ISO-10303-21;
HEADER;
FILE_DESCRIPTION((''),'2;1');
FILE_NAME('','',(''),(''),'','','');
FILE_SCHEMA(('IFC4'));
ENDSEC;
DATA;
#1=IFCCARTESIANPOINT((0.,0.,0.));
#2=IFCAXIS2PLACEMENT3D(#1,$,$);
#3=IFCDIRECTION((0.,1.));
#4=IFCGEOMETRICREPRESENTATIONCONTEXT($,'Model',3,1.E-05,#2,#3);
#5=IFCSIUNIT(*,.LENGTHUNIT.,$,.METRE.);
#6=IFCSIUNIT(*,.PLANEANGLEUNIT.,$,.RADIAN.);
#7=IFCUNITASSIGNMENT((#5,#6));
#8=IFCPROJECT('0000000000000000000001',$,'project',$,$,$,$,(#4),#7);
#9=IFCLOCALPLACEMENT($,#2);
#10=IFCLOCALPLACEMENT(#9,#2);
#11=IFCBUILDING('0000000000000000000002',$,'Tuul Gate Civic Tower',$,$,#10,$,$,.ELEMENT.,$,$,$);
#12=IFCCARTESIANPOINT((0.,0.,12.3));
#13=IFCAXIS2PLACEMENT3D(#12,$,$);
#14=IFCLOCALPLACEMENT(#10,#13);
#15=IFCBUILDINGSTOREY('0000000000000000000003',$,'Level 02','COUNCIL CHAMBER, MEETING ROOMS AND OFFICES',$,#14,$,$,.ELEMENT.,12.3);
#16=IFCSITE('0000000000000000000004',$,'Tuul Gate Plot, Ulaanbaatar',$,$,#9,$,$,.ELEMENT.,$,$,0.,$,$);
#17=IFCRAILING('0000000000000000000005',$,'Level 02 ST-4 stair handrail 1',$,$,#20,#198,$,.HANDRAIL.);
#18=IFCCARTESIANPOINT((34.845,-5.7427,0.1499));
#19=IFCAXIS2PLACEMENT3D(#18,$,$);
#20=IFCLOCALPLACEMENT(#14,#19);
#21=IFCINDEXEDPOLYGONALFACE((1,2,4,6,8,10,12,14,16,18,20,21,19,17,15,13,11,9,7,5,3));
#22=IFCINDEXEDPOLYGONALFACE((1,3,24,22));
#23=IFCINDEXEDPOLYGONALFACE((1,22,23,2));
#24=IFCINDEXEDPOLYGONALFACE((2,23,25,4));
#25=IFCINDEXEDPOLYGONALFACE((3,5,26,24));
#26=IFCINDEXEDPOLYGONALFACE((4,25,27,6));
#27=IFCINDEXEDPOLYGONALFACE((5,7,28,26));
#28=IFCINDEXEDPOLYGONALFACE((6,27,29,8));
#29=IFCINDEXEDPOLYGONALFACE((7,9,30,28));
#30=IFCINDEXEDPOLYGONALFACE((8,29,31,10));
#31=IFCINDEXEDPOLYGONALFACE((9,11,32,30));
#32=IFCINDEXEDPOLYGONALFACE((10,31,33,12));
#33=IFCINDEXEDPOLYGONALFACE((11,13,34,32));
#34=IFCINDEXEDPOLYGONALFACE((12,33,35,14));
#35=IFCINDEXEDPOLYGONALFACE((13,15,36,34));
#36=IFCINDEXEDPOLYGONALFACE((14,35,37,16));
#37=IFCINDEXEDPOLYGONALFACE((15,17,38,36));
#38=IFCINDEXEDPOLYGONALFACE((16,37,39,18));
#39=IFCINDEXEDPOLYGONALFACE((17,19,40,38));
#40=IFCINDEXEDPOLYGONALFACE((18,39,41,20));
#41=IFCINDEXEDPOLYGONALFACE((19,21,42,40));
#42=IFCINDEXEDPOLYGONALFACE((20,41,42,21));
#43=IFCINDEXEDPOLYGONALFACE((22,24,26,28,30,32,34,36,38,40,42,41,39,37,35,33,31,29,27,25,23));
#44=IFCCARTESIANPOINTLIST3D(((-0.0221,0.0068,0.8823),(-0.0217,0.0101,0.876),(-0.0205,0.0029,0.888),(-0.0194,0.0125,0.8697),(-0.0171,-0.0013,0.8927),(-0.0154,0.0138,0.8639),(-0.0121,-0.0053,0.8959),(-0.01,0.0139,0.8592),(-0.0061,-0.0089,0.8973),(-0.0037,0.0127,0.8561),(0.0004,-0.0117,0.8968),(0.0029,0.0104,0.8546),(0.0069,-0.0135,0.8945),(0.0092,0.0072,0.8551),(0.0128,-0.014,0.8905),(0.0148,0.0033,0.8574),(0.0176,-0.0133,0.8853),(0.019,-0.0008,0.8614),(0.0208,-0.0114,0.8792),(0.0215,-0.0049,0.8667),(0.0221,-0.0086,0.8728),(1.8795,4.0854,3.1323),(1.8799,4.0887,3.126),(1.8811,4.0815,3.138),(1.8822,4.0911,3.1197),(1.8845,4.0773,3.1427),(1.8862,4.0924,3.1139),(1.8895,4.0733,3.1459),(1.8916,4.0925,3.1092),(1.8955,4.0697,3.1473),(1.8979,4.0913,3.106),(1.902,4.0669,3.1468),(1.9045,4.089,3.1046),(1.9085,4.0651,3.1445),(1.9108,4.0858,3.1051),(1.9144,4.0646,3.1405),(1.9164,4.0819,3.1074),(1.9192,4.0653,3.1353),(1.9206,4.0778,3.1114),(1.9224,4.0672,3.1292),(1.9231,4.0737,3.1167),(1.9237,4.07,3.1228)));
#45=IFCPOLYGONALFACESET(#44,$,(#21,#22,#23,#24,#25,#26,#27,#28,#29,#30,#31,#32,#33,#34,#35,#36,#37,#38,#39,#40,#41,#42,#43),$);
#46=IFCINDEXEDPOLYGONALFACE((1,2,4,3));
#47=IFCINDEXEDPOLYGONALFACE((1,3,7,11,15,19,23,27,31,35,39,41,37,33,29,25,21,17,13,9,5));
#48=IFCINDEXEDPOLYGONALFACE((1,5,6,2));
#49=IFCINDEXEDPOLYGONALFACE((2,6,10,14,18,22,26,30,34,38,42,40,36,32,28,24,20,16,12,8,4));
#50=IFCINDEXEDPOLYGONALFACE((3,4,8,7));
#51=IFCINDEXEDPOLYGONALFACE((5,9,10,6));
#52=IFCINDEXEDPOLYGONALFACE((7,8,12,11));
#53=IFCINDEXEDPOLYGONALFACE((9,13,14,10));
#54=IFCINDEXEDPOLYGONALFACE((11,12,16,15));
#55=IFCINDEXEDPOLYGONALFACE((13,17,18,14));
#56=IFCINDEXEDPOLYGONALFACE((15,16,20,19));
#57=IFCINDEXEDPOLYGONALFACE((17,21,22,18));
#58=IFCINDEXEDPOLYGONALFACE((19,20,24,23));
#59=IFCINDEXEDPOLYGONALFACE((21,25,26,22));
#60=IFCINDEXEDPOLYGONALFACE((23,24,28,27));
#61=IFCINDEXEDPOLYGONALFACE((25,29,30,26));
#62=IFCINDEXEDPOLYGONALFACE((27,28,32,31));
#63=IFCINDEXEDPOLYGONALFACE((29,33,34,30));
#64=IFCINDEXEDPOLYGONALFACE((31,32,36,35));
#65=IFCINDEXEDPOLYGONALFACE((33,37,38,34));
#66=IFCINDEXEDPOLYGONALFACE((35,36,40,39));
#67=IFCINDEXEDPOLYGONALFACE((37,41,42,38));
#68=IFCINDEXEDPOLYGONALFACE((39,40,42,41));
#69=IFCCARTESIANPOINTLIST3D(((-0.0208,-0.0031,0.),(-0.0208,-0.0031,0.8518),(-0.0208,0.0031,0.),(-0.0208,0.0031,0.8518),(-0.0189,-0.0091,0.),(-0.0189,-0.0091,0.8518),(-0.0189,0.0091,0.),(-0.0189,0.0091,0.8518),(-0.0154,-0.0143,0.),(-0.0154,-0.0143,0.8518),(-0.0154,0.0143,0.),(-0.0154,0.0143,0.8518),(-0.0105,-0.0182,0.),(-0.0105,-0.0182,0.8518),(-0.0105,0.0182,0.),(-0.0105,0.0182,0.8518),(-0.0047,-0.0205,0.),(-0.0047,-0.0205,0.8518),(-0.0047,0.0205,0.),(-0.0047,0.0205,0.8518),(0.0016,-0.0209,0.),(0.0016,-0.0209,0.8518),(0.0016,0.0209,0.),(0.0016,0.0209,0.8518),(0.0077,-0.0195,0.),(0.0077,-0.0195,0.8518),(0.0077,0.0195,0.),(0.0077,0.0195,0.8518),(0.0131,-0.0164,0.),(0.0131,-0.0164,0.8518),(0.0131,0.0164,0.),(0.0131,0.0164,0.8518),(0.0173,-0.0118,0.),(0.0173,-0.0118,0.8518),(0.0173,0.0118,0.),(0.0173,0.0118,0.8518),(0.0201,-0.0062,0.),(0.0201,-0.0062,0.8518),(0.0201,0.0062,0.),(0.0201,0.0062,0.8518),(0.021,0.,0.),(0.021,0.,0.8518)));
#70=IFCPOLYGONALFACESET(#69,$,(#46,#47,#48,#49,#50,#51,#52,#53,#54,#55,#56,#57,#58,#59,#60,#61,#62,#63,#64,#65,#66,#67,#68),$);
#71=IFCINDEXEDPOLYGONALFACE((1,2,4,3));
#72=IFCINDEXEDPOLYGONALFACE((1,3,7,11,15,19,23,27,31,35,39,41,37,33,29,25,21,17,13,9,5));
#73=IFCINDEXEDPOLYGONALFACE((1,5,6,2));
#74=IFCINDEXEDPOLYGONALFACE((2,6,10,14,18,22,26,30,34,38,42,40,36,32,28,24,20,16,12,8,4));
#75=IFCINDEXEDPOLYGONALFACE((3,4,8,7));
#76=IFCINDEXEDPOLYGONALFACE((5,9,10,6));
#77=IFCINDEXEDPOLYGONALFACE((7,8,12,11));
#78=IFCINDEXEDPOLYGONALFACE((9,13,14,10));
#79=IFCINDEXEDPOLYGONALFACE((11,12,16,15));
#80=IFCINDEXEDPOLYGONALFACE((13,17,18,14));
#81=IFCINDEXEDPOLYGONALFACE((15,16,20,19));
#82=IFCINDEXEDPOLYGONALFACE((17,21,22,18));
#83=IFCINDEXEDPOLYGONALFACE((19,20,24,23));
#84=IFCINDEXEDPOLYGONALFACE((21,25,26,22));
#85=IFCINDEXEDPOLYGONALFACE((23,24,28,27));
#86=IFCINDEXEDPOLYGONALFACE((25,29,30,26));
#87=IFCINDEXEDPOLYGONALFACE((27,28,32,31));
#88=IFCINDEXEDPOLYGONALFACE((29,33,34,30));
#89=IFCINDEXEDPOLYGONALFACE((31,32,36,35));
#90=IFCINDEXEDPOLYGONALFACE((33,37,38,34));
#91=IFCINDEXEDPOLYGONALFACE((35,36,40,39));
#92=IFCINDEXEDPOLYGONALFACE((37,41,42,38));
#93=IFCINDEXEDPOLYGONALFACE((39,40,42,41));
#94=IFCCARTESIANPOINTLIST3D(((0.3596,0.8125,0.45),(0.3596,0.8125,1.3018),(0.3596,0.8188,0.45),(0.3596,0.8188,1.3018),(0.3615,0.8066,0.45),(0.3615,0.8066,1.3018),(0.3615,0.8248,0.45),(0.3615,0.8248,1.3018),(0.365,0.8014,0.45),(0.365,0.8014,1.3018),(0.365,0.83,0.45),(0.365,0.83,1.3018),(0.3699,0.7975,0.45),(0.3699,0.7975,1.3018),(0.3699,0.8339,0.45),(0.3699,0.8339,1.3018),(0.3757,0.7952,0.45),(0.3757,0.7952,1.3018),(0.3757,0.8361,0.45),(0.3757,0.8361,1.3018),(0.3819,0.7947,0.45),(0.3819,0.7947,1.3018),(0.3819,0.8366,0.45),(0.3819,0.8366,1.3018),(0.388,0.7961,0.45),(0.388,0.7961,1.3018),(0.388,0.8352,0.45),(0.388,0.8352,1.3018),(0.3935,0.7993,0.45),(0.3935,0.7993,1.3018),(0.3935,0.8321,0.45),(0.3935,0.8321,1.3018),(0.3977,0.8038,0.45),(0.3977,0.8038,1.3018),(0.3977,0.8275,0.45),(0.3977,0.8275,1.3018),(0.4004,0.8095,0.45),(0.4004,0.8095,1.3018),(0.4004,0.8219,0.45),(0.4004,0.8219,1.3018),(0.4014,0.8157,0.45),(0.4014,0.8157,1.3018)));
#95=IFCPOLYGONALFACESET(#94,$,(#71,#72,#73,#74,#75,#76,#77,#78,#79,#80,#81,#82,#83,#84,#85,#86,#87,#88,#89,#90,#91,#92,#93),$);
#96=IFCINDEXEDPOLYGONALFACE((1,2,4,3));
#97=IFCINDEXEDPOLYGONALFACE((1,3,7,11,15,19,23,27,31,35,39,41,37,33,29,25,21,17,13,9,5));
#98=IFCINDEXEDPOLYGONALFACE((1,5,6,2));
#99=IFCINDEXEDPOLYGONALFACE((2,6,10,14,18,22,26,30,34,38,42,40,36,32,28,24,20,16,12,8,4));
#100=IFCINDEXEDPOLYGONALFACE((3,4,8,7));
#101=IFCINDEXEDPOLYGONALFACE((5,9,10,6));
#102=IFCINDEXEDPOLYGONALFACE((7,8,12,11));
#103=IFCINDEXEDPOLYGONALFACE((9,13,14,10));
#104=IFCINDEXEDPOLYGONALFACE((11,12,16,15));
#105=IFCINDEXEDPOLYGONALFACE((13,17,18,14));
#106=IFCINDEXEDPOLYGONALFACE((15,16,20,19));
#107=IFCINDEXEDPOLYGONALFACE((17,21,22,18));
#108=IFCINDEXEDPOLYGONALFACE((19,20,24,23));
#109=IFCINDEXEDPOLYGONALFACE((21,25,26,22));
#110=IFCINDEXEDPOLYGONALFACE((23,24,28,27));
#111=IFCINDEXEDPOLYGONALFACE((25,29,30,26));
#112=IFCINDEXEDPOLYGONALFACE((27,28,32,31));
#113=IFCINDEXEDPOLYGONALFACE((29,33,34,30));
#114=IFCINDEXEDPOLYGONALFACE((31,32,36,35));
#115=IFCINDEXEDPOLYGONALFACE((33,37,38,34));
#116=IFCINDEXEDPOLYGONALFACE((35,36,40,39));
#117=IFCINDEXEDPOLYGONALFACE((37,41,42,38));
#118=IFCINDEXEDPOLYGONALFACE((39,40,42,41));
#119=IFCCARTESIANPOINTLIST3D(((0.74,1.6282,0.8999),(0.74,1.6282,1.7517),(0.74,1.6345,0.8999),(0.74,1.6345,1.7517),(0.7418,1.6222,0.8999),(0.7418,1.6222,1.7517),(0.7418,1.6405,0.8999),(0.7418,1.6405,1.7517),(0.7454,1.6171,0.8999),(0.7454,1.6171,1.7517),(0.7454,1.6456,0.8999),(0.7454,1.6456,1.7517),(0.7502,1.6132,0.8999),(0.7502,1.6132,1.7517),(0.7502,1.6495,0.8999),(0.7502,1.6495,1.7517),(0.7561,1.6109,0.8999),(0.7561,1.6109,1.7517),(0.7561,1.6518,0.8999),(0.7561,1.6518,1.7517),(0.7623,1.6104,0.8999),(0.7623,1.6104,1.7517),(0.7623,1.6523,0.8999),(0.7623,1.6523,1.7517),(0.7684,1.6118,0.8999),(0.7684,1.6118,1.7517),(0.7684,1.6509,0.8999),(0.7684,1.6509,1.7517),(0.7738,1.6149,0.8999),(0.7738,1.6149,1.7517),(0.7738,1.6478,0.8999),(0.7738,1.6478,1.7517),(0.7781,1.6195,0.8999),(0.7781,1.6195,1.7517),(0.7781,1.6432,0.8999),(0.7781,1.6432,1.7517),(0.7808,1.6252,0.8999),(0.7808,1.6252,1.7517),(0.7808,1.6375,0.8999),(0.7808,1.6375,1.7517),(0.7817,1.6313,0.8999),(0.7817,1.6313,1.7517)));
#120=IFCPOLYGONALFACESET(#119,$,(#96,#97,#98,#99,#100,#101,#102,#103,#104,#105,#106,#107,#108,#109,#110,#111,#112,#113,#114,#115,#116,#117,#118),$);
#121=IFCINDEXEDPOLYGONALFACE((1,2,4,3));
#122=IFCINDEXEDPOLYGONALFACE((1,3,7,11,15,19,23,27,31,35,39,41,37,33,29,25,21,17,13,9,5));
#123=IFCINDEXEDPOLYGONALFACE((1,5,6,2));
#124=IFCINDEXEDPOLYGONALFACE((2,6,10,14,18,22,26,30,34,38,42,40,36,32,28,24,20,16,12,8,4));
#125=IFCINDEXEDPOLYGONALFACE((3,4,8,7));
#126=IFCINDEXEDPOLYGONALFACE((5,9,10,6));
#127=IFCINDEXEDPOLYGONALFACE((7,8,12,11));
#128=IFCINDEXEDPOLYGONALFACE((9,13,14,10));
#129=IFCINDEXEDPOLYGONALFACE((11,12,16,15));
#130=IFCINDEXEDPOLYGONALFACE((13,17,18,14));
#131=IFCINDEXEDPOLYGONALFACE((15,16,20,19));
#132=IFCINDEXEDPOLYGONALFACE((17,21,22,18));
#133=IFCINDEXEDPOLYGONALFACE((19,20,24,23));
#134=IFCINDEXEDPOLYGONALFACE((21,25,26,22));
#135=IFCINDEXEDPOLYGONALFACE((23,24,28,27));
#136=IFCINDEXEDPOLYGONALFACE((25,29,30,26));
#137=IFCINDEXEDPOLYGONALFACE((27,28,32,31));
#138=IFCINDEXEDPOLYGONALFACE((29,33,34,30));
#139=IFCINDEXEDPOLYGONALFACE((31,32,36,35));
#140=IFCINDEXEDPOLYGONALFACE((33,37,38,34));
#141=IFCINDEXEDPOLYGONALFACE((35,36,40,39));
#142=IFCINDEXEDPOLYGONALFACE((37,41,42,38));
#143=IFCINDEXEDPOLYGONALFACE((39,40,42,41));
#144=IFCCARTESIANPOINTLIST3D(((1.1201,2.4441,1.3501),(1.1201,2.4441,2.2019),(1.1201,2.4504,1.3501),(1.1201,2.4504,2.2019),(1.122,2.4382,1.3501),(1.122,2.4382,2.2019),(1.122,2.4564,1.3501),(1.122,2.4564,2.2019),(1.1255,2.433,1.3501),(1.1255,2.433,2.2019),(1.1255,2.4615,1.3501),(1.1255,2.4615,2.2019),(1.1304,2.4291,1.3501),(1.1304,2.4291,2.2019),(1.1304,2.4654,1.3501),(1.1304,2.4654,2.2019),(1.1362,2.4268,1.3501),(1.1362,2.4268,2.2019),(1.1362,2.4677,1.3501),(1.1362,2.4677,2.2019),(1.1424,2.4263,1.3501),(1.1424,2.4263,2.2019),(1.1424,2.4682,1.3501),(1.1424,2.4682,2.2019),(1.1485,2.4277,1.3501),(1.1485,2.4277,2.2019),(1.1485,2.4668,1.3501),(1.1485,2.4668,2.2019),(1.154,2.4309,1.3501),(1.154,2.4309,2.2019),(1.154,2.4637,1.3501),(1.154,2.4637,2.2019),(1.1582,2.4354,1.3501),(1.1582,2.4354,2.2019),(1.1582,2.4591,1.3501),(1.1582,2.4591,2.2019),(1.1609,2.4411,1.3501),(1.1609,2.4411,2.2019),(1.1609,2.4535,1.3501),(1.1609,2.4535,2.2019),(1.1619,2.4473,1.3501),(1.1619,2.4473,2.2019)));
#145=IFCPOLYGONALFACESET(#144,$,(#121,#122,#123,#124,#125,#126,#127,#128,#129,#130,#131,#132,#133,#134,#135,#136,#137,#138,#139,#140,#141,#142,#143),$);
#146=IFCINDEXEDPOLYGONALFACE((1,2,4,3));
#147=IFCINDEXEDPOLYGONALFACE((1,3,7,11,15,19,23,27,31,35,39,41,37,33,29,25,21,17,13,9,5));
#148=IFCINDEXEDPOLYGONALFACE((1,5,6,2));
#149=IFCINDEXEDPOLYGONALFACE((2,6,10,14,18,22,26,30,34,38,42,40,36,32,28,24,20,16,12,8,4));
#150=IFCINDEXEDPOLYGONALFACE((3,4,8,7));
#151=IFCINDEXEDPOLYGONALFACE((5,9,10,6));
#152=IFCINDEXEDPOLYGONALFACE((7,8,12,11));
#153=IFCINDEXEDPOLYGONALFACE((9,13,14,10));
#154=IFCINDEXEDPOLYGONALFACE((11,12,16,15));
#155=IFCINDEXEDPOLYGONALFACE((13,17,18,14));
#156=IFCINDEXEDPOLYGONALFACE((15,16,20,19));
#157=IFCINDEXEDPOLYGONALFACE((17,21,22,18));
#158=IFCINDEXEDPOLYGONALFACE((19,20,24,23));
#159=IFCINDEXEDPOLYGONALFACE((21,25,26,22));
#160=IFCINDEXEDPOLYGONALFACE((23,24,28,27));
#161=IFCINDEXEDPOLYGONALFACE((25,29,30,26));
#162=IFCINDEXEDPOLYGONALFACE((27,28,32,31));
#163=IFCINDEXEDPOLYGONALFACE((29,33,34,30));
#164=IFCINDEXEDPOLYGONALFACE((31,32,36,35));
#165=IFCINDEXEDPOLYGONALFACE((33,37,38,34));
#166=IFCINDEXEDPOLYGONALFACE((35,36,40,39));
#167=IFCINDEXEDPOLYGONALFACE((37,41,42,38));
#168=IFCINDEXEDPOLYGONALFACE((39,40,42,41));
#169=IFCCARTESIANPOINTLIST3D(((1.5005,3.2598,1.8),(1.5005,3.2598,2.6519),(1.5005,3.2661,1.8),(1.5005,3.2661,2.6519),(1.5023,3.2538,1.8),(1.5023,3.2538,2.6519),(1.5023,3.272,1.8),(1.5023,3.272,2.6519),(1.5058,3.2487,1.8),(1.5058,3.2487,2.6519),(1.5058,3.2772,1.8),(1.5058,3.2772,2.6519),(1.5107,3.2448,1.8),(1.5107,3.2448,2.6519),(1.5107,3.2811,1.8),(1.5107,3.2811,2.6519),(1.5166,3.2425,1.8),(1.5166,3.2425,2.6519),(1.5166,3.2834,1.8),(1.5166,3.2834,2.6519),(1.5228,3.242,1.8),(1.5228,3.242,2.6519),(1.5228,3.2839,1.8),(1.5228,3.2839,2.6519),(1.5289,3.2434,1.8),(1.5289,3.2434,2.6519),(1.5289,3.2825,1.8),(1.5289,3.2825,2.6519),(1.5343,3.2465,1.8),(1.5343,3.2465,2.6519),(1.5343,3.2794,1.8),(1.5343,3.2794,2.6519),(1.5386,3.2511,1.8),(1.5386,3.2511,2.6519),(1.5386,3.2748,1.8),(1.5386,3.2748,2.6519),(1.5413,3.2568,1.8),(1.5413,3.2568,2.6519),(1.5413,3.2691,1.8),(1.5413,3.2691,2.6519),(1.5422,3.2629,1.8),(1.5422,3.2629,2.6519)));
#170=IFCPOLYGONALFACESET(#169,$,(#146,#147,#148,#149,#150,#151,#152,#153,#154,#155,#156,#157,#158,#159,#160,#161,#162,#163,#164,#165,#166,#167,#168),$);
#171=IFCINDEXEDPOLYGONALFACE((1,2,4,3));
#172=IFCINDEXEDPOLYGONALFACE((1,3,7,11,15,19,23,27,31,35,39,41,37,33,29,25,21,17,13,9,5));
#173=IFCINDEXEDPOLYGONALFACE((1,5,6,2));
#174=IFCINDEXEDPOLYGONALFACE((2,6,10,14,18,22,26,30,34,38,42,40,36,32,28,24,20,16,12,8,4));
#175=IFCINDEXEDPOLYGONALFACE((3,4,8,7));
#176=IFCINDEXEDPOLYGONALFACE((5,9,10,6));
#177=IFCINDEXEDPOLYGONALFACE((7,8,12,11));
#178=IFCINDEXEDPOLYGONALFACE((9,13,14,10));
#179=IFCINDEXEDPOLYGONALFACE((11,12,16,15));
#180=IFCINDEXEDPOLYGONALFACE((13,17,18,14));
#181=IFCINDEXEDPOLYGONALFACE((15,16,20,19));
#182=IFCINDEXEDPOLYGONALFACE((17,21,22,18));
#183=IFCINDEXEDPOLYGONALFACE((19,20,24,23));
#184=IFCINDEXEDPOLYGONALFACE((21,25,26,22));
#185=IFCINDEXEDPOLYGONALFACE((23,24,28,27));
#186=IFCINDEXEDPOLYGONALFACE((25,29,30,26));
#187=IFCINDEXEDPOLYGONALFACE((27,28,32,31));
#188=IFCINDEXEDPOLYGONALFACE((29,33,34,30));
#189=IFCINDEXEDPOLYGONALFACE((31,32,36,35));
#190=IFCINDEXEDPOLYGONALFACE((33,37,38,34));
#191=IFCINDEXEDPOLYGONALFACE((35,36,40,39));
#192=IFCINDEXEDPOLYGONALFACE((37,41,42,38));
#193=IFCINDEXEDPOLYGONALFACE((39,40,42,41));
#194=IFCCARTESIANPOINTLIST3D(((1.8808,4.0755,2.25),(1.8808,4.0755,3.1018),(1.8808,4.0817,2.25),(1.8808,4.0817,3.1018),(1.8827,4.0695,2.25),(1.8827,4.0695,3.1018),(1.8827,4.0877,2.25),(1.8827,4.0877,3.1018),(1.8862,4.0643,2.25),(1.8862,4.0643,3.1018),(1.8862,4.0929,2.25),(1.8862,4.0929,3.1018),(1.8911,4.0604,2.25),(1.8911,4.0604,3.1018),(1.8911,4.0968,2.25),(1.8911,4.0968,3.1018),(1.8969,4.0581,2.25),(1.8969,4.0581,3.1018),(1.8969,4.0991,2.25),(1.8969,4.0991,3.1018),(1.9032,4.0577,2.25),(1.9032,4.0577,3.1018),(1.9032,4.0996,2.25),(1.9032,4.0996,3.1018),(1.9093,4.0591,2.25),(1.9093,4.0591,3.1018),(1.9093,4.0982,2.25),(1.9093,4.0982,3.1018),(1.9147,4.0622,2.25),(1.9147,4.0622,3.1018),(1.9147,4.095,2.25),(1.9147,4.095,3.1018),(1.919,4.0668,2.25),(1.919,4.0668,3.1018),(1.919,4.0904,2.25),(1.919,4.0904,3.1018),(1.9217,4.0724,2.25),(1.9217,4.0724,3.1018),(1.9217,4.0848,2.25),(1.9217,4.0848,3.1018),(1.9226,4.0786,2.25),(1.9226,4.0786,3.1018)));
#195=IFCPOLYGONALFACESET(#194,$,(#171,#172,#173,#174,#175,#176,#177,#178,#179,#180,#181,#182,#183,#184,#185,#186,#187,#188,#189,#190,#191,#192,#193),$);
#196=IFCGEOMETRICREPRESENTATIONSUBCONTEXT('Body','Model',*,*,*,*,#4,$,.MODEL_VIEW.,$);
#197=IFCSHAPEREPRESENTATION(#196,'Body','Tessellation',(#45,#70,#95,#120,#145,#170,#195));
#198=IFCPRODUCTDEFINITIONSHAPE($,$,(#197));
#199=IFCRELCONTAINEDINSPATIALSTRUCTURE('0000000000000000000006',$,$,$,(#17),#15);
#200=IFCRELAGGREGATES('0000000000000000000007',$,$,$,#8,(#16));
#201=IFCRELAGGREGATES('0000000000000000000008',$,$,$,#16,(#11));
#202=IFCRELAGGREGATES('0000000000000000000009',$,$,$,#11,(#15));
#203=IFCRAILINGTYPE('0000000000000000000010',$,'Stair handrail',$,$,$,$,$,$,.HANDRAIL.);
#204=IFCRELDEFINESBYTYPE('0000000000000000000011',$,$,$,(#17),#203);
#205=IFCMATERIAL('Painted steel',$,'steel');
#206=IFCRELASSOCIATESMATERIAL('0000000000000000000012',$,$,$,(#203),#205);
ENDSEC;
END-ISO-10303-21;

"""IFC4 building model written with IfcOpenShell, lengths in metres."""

from ifc_helpers import new_model, si_unit, direction, frame, origin, origin_2d, place, context, subcontext, project, spatial, circle, extrude, material, type_object, element, save


model = new_model("IFC4")

# Units and contexts
model_context = context("Model", 3, precision=1e-05, world=origin(), true_north=direction((0.0, 1.0)))
body_context = subcontext(model_context, "Body", "Model", "MODEL_VIEW")
ifc_project = project(units=[si_unit("LENGTHUNIT", "METRE"), si_unit("PLANEANGLEUNIT", "RADIAN")], contexts=[model_context])

# Site, building, storey
site_placement = place(None, origin())
site = spatial("IfcSite", under=ifc_project, at=site_placement, Name="Tuul Gate Plot, Ulaanbaatar", CompositionType="ELEMENT", RefElevation=0.0)
building_placement = place(site_placement, origin())
building = spatial("IfcBuilding", under=site, at=building_placement, Name="Tuul Gate Civic Tower", CompositionType="ELEMENT")
storey_placement = place(building_placement, frame((0.0, 0.0, 12.3)))
storey = spatial("IfcBuildingStorey", under=building, at=storey_placement, Name="Level 02", Description="COUNCIL CHAMBER, MEETING ROOMS AND OFFICES", CompositionType="ELEMENT", Elevation=12.3)

# Railing
ifc_material_1 = material(Name="Painted steel", Category="steel")
railing_type = type_object("IfcRailingType", Name="Stair handrail", PredefinedType="HANDRAIL", material=ifc_material_1)
railing_placement = place(storey_placement, frame((34.845, -5.7427, 0.1499)))
element("IfcRailing", 1, at=railing_placement, inside=storey, type_object=railing_type, Name="Level 02 ST-4 stair handrail 1", PredefinedType="HANDRAIL", context=body_context, shape_type="SweptSolid", body=[
    extrude(circle(Radius=0.0239, at=origin_2d()), frame((0.0, 0.0, 0.876), z_axis=(0.377958, 0.810652, 0.447203), x_axis=(-0.906331, 0.422568, 0.0)), (0.0, 0.0, 1.0), 5.0312),
    extrude(circle(Radius=0.021, at=origin_2d()), origin(), (0.0, 0.0, 1.0), 0.8518),
    extrude(circle(Radius=0.021, at=origin_2d()), frame((0.3804, 0.8157, 0.45)), (0.0, 0.0, 1.0), 0.8518),
    extrude(circle(Radius=0.021, at=origin_2d()), frame((0.7607, 1.6313, 0.8999)), (0.0, 0.0, 1.0), 0.8518),
    extrude(circle(Radius=0.021, at=origin_2d()), frame((1.1409, 2.4473, 1.3501)), (0.0, 0.0, 1.0), 0.8518),
    extrude(circle(Radius=0.021, at=origin_2d()), frame((1.5212, 3.2629, 1.8)), (0.0, 0.0, 1.0), 0.8518),
    extrude(circle(Radius=0.021, at=origin_2d()), frame((1.9016, 4.0786, 2.25)), (0.0, 0.0, 1.0), 0.8518),
])

save(model, "model.ifc")
